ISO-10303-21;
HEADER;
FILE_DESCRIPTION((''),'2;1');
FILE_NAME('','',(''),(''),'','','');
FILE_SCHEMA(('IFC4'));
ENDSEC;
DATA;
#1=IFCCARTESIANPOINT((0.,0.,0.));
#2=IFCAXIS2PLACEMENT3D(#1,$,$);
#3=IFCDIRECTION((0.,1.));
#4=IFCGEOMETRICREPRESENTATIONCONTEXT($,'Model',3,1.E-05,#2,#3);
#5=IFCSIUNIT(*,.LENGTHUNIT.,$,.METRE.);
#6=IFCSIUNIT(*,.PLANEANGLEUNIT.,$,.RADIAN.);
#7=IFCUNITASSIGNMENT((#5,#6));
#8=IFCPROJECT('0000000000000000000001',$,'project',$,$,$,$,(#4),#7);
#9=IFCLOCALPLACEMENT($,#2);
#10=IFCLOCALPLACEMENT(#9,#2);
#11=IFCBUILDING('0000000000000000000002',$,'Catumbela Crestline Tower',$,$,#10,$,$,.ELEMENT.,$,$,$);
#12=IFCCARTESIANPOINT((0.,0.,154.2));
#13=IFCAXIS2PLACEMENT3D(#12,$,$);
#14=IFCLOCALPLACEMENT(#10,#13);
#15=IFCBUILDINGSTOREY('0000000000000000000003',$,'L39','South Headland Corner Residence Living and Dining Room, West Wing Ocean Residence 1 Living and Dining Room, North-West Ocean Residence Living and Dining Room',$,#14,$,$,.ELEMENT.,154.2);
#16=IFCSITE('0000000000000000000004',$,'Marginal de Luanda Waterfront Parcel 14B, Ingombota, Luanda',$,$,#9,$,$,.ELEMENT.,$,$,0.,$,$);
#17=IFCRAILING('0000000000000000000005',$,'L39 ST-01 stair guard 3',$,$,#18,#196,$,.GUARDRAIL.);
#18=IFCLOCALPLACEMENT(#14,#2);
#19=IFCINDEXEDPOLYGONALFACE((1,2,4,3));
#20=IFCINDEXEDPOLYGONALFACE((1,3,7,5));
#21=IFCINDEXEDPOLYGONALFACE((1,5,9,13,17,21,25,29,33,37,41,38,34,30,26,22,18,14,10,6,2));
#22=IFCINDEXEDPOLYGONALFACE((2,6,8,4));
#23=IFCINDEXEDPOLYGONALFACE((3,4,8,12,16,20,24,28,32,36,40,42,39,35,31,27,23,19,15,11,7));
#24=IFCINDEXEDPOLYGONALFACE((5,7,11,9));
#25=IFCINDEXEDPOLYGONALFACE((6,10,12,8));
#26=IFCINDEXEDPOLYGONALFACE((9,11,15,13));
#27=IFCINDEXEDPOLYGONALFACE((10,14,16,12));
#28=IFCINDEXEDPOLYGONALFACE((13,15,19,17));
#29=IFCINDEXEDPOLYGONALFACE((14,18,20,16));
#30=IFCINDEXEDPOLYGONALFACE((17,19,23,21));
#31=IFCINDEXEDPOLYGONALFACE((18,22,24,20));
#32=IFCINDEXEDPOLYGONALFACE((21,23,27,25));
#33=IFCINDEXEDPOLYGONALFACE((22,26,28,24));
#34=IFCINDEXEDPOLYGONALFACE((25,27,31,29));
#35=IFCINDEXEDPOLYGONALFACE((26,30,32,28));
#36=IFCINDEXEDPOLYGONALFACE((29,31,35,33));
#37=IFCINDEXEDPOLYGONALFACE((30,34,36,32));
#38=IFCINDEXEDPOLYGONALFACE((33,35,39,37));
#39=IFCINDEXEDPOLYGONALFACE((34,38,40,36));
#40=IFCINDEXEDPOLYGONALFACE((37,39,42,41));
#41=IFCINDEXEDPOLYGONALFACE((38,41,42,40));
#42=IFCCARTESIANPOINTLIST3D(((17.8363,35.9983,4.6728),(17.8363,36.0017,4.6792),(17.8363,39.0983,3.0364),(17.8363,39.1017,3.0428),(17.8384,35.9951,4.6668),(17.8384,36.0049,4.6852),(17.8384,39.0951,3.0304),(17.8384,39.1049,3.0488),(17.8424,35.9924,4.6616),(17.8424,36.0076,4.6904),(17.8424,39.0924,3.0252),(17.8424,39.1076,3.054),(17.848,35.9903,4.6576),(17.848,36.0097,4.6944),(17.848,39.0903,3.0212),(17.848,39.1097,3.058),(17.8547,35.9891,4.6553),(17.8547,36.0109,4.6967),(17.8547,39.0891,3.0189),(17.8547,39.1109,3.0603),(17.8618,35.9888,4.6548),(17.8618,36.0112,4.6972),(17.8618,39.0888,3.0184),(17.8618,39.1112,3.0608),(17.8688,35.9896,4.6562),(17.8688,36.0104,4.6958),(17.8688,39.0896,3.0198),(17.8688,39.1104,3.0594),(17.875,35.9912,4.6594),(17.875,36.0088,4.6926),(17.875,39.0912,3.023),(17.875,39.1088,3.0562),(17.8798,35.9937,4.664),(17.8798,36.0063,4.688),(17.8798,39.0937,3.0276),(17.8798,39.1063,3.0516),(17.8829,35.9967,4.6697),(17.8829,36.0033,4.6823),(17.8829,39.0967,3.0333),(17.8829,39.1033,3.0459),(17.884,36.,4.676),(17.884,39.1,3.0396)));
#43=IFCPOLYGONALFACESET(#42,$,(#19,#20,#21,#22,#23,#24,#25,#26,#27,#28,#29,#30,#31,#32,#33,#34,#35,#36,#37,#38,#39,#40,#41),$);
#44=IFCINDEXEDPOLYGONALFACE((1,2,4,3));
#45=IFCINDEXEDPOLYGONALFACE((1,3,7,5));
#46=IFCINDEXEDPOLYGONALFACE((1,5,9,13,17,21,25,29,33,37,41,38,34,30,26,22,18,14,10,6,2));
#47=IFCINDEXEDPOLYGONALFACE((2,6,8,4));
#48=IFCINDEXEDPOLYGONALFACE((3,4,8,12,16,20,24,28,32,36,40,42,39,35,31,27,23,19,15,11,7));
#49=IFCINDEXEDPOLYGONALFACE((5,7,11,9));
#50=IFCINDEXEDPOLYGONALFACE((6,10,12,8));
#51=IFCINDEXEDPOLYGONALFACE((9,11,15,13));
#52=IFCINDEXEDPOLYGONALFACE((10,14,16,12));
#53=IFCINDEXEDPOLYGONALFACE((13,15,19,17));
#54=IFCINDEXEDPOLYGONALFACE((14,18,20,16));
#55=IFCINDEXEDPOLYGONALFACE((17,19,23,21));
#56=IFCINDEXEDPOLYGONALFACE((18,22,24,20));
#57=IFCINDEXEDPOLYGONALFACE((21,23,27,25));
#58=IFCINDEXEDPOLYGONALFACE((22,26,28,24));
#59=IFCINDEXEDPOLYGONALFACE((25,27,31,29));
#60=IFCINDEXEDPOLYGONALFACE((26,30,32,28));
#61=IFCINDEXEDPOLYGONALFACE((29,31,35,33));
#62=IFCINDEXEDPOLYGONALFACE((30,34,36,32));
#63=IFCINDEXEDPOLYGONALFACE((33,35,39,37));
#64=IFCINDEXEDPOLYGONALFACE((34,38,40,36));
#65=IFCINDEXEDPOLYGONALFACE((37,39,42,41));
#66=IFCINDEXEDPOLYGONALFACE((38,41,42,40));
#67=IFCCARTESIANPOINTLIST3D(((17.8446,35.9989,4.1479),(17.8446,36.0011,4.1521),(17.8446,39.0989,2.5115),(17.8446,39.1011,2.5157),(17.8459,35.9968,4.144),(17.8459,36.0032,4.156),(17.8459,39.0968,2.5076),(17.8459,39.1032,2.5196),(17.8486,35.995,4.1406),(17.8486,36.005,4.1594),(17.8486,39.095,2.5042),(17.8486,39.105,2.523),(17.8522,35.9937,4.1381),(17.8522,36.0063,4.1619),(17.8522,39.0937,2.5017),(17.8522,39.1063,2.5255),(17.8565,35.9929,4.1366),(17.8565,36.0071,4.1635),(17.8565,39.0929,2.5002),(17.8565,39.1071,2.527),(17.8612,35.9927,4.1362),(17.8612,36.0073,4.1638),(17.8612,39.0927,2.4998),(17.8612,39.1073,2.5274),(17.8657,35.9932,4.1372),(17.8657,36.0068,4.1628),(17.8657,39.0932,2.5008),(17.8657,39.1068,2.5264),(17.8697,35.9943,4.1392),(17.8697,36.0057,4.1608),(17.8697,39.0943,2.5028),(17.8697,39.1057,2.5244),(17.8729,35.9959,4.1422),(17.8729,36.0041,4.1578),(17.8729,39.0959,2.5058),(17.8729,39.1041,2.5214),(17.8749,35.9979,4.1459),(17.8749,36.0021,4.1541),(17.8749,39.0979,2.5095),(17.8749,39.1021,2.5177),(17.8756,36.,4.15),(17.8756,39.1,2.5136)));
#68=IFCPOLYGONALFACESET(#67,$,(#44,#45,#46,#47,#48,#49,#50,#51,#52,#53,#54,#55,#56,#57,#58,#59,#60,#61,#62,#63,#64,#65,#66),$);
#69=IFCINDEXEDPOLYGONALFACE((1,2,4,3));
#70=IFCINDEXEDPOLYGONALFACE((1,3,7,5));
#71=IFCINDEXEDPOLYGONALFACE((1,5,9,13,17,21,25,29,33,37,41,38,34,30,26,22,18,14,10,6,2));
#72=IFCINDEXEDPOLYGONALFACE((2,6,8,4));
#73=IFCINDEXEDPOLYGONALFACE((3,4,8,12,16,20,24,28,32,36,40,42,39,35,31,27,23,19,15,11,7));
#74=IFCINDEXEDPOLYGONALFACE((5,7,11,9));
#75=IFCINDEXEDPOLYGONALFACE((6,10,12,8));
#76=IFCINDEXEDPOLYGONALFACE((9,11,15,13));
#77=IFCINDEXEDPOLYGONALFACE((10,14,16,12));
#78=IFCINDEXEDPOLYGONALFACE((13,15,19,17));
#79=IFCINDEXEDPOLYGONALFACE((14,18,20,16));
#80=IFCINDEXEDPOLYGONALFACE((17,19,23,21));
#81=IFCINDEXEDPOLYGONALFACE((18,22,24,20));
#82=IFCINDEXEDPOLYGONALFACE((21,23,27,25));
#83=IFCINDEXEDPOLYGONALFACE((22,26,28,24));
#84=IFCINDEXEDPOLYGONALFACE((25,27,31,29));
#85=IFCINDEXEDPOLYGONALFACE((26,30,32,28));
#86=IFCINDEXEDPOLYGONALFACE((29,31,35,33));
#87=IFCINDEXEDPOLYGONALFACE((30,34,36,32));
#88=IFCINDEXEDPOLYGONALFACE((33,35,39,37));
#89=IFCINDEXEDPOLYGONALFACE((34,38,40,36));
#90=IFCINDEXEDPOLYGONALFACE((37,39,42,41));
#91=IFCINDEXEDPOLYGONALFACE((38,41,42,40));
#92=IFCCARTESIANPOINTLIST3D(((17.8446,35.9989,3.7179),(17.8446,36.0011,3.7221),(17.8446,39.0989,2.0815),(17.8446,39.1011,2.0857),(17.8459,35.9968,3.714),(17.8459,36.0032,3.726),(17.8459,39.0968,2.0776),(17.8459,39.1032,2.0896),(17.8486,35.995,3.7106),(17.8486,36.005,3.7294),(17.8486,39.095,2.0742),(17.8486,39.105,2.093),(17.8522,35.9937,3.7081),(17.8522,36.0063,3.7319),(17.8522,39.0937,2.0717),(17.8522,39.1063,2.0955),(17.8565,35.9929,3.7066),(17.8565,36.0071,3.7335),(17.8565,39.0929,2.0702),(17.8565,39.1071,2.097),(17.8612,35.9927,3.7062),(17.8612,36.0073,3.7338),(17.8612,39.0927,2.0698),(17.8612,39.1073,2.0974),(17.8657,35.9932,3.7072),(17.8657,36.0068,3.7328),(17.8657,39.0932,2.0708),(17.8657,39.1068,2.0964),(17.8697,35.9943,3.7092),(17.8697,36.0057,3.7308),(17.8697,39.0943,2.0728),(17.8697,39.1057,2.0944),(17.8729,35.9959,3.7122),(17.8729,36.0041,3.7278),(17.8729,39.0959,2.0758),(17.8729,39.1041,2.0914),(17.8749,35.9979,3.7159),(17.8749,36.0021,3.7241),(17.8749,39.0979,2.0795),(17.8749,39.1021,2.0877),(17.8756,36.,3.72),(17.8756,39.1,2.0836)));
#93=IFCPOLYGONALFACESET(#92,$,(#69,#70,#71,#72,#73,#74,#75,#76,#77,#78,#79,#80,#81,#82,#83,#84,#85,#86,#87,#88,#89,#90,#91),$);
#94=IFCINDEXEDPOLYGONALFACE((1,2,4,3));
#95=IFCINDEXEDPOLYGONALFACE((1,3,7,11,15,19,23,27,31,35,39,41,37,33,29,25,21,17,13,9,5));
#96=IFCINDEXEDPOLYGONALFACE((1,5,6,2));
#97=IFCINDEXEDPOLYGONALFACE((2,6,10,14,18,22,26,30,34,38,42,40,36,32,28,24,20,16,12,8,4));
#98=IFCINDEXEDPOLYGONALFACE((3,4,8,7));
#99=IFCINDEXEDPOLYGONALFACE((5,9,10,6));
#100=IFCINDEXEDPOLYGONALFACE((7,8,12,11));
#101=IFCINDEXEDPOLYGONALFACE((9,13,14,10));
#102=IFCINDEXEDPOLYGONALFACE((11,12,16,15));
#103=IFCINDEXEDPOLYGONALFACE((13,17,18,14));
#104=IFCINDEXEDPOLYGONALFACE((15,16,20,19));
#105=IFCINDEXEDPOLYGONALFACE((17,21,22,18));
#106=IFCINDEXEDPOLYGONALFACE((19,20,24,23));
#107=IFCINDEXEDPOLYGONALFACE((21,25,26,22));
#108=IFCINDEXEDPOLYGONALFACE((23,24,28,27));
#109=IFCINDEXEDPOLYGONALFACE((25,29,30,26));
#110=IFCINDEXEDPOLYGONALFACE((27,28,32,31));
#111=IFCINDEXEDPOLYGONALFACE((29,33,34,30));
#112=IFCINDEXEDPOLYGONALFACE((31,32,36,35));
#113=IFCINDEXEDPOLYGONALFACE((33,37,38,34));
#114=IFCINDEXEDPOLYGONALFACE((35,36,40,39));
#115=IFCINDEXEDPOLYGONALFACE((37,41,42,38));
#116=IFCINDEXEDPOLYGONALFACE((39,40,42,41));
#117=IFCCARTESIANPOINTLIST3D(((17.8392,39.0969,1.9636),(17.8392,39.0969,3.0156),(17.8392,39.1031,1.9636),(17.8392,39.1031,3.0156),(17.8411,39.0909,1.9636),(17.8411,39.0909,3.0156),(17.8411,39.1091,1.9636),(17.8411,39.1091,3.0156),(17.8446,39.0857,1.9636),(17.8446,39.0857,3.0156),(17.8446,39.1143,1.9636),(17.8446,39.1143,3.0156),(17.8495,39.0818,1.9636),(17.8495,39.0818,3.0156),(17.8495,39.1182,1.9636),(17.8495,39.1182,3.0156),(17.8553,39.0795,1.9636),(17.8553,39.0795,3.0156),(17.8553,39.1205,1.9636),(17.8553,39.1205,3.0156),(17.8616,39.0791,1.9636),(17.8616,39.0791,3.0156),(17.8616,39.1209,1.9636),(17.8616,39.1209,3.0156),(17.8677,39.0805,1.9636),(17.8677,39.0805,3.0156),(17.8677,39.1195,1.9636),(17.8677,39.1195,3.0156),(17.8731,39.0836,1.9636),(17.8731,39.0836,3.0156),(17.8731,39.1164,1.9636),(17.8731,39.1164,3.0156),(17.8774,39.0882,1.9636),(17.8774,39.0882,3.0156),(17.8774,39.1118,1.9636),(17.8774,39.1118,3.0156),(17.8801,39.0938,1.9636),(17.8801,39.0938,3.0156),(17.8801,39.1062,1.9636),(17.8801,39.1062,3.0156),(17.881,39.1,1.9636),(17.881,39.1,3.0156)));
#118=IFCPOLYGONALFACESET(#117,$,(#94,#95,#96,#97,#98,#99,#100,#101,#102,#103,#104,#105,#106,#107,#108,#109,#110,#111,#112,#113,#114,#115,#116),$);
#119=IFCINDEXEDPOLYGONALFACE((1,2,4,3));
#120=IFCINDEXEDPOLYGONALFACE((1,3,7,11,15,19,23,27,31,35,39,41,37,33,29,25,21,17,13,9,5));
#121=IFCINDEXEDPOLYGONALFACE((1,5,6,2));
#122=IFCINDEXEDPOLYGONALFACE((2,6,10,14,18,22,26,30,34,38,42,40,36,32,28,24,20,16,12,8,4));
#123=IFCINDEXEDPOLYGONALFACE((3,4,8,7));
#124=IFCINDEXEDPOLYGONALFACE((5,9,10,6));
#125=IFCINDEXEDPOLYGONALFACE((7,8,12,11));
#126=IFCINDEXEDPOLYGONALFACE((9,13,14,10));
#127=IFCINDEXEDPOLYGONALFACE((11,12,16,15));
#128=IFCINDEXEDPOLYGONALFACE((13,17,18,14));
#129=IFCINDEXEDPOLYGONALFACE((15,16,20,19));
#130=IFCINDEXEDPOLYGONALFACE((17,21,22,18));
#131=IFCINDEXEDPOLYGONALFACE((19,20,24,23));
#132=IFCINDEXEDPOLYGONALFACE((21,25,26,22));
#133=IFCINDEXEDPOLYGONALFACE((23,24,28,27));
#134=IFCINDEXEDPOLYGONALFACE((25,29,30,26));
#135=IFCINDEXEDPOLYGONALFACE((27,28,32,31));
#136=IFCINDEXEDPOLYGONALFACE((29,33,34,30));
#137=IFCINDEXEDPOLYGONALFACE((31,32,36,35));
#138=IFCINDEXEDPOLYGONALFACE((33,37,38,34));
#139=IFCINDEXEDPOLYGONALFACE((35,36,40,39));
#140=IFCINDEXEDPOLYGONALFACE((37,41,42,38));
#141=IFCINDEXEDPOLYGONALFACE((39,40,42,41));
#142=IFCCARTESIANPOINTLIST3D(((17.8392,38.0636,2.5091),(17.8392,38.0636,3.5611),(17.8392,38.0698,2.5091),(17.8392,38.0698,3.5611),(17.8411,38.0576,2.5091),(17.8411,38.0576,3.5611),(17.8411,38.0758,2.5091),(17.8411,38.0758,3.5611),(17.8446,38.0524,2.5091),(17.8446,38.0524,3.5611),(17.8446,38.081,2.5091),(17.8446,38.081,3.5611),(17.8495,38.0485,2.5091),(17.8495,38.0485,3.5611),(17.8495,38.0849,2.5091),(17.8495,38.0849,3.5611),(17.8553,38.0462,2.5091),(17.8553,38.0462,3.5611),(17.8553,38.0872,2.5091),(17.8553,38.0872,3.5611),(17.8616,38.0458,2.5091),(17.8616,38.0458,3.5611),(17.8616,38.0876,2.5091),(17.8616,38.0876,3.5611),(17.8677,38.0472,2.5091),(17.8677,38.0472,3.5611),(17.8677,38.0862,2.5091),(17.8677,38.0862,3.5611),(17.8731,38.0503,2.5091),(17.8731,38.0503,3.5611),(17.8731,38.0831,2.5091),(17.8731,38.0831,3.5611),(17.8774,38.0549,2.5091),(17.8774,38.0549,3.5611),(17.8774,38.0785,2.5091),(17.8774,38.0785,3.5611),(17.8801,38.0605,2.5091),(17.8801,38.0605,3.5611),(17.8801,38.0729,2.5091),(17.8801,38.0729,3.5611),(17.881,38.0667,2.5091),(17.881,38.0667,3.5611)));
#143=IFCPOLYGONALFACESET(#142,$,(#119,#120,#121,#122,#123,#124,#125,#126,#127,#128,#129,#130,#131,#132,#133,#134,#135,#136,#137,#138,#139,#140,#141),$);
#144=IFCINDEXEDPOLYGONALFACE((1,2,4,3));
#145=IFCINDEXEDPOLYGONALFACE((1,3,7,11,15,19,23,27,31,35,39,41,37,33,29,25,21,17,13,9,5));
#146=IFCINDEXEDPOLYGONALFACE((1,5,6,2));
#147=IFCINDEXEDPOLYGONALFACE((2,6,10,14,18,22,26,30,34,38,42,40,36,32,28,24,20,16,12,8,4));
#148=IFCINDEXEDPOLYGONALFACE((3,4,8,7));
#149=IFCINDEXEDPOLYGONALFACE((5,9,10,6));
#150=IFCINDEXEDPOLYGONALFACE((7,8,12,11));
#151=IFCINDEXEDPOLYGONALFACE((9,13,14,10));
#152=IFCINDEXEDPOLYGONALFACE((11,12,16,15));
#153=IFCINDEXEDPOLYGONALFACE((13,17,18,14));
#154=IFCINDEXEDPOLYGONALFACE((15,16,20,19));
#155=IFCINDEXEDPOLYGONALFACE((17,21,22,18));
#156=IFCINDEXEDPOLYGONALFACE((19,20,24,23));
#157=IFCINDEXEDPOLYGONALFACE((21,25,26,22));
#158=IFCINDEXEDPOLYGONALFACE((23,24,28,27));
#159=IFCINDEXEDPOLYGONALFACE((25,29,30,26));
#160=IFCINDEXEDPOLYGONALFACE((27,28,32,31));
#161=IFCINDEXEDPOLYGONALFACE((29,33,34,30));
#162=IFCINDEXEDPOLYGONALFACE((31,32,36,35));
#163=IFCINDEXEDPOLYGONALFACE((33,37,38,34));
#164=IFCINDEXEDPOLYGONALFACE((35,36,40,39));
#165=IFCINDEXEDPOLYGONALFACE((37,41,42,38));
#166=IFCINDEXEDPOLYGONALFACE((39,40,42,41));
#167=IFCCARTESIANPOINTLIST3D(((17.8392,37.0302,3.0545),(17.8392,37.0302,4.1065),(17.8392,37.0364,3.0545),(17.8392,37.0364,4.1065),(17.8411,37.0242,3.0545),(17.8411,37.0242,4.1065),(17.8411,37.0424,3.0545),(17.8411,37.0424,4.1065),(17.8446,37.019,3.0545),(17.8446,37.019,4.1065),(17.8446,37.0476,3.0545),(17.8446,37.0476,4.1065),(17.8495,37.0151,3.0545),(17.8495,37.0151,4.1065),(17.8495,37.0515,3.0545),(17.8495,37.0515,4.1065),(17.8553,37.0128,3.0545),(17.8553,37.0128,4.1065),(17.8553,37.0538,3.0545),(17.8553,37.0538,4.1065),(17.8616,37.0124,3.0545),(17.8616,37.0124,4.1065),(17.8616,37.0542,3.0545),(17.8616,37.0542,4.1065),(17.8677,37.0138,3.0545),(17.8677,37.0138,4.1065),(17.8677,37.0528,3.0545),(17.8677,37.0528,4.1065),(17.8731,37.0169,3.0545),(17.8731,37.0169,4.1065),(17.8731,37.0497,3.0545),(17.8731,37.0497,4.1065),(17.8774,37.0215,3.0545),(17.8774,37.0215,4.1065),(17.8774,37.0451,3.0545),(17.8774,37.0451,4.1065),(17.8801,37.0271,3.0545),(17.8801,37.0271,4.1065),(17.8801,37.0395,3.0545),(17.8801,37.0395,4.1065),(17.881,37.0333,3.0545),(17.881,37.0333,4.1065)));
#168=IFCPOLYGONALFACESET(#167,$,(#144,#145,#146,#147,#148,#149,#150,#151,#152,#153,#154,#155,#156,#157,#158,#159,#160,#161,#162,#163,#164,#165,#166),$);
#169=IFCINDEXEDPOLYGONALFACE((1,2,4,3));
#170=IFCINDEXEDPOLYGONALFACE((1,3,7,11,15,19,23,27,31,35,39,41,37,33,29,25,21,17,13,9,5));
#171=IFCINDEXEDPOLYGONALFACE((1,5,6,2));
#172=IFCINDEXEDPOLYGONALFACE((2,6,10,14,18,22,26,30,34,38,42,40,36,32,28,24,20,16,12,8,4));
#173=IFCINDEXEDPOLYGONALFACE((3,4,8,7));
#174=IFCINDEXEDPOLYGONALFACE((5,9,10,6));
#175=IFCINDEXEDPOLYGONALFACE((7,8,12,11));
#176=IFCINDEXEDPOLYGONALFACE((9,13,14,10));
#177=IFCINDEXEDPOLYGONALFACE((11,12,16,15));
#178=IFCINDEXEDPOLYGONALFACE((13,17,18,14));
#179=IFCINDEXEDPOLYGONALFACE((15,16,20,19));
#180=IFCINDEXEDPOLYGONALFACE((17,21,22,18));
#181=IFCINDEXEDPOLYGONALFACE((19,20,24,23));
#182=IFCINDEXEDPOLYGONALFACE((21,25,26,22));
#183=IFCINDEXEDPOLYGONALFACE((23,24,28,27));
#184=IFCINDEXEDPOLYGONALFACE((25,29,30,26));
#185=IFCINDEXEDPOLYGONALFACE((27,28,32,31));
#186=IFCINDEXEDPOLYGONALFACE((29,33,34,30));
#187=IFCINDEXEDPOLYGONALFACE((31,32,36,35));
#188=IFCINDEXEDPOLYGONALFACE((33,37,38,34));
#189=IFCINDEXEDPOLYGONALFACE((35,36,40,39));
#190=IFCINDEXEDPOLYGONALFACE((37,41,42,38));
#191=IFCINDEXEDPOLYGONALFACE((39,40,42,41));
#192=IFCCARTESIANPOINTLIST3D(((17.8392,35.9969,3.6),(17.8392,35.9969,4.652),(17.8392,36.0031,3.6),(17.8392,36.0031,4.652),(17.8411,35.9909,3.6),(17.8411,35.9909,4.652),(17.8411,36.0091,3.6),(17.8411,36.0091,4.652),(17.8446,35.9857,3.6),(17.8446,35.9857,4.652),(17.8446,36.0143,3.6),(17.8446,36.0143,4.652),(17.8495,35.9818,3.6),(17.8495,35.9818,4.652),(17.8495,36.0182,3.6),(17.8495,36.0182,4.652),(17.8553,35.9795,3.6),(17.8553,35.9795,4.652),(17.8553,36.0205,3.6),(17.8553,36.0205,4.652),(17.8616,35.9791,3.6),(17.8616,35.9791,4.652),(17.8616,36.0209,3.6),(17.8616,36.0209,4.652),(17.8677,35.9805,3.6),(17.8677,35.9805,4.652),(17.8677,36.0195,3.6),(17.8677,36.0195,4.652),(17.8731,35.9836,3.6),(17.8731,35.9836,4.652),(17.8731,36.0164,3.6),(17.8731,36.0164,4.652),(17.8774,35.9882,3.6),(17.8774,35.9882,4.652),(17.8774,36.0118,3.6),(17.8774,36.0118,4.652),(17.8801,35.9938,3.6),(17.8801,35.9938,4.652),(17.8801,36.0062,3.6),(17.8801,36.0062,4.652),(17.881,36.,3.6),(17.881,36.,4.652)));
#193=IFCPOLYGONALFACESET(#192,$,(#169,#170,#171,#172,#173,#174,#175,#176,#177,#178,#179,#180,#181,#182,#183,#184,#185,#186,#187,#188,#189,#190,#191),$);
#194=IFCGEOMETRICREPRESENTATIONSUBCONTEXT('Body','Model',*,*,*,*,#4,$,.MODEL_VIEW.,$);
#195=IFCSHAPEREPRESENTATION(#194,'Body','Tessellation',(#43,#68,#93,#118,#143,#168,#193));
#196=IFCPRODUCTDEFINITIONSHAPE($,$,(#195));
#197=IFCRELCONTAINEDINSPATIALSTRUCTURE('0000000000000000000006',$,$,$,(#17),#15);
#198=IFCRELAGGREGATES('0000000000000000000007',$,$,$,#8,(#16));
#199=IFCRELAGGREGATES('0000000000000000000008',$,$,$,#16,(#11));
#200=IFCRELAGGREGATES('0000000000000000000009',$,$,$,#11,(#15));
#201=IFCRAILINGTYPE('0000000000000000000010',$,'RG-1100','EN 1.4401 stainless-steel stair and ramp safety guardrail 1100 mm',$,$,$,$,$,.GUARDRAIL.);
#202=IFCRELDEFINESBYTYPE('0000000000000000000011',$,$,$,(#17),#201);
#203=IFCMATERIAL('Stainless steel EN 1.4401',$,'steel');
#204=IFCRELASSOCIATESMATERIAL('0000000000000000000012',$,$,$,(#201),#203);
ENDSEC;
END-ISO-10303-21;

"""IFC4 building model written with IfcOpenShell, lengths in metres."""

from ifc_helpers import new_model, si_unit, direction, frame, origin, origin_2d, place, context, subcontext, project, spatial, circle, extrude, material, type_object, element, save


model = new_model("IFC4")

# Units and contexts
model_context = context("Model", 3, precision=1e-05, world=origin(), true_north=direction((0.0, 1.0)))
body_context = subcontext(model_context, "Body", "Model", "MODEL_VIEW")
ifc_project = project(units=[si_unit("LENGTHUNIT", "METRE"), si_unit("PLANEANGLEUNIT", "RADIAN")], contexts=[model_context])

# Site, building, storey
site_placement = place(None, origin())
site = spatial("IfcSite", under=ifc_project, at=site_placement, Name="Marginal de Luanda Waterfront Parcel 14B, Ingombota, Luanda", CompositionType="ELEMENT", RefElevation=0.0)
building_placement = place(site_placement, origin())
building = spatial("IfcBuilding", under=site, at=building_placement, Name="Catumbela Crestline Tower", CompositionType="ELEMENT")
storey_placement = place(building_placement, frame((0.0, 0.0, 154.2)))
storey = spatial("IfcBuildingStorey", under=building, at=storey_placement, Name="L39", Description="South Headland Corner Residence Living and Dining Room, West Wing Ocean Residence 1 Living and Dining Room, North-West Ocean Residence Living and Dining Room", CompositionType="ELEMENT", Elevation=154.2)

# Railing
ifc_material_1 = material(Name="Stainless steel EN 1.4401", Category="steel")
railing_type_1 = type_object("IfcRailingType", Name="RG-1100", Description="EN 1.4401 stainless-steel stair and ramp safety guardrail 1100 mm", PredefinedType="GUARDRAIL", material=ifc_material_1)
railing_1_placement = place(storey_placement, frame((17.86, 39.1, 1.9636)))
element("IfcRailing", 1, at=railing_1_placement, inside=storey, type_object=railing_type_1, Name="L39 ST-01 stair guard 3", PredefinedType="GUARDRAIL", context=body_context, shape_type="SweptSolid", body=[
    extrude(circle(Radius=0.024, at=origin_2d()), frame((0.0, 0.0, 1.076), z_axis=(0.0, -0.884351, 0.466823), x_axis=(1.0, 0.0, 0.0)), (0.0, 0.0, 1.0), 3.5054),
    extrude(circle(Radius=0.0156, at=origin_2d()), frame((0.0, 0.0, 0.55), z_axis=(0.0, -0.884351, 0.466823), x_axis=(1.0, 0.0, 0.0)), (0.0, 0.0, 1.0), 3.5054),
    extrude(circle(Radius=0.0156, at=origin_2d()), frame((0.0, 0.0, 0.12), z_axis=(0.0, -0.884351, 0.466823), x_axis=(1.0, 0.0, 0.0)), (0.0, 0.0, 1.0), 3.5054),
    extrude(circle(Radius=0.021, at=origin_2d()), origin(), (0.0, 0.0, 1.0), 1.052),
    extrude(circle(Radius=0.021, at=origin_2d()), frame((0.0, -1.0333, 0.5455)), (0.0, 0.0, 1.0), 1.052),
    extrude(circle(Radius=0.021, at=origin_2d()), frame((0.0, -2.0667, 1.0909)), (0.0, 0.0, 1.0), 1.052),
    extrude(circle(Radius=0.021, at=origin_2d()), frame((0.0, -3.1, 1.6364)), (0.0, 0.0, 1.0), 1.052),
])

save(model, "model.ifc")
